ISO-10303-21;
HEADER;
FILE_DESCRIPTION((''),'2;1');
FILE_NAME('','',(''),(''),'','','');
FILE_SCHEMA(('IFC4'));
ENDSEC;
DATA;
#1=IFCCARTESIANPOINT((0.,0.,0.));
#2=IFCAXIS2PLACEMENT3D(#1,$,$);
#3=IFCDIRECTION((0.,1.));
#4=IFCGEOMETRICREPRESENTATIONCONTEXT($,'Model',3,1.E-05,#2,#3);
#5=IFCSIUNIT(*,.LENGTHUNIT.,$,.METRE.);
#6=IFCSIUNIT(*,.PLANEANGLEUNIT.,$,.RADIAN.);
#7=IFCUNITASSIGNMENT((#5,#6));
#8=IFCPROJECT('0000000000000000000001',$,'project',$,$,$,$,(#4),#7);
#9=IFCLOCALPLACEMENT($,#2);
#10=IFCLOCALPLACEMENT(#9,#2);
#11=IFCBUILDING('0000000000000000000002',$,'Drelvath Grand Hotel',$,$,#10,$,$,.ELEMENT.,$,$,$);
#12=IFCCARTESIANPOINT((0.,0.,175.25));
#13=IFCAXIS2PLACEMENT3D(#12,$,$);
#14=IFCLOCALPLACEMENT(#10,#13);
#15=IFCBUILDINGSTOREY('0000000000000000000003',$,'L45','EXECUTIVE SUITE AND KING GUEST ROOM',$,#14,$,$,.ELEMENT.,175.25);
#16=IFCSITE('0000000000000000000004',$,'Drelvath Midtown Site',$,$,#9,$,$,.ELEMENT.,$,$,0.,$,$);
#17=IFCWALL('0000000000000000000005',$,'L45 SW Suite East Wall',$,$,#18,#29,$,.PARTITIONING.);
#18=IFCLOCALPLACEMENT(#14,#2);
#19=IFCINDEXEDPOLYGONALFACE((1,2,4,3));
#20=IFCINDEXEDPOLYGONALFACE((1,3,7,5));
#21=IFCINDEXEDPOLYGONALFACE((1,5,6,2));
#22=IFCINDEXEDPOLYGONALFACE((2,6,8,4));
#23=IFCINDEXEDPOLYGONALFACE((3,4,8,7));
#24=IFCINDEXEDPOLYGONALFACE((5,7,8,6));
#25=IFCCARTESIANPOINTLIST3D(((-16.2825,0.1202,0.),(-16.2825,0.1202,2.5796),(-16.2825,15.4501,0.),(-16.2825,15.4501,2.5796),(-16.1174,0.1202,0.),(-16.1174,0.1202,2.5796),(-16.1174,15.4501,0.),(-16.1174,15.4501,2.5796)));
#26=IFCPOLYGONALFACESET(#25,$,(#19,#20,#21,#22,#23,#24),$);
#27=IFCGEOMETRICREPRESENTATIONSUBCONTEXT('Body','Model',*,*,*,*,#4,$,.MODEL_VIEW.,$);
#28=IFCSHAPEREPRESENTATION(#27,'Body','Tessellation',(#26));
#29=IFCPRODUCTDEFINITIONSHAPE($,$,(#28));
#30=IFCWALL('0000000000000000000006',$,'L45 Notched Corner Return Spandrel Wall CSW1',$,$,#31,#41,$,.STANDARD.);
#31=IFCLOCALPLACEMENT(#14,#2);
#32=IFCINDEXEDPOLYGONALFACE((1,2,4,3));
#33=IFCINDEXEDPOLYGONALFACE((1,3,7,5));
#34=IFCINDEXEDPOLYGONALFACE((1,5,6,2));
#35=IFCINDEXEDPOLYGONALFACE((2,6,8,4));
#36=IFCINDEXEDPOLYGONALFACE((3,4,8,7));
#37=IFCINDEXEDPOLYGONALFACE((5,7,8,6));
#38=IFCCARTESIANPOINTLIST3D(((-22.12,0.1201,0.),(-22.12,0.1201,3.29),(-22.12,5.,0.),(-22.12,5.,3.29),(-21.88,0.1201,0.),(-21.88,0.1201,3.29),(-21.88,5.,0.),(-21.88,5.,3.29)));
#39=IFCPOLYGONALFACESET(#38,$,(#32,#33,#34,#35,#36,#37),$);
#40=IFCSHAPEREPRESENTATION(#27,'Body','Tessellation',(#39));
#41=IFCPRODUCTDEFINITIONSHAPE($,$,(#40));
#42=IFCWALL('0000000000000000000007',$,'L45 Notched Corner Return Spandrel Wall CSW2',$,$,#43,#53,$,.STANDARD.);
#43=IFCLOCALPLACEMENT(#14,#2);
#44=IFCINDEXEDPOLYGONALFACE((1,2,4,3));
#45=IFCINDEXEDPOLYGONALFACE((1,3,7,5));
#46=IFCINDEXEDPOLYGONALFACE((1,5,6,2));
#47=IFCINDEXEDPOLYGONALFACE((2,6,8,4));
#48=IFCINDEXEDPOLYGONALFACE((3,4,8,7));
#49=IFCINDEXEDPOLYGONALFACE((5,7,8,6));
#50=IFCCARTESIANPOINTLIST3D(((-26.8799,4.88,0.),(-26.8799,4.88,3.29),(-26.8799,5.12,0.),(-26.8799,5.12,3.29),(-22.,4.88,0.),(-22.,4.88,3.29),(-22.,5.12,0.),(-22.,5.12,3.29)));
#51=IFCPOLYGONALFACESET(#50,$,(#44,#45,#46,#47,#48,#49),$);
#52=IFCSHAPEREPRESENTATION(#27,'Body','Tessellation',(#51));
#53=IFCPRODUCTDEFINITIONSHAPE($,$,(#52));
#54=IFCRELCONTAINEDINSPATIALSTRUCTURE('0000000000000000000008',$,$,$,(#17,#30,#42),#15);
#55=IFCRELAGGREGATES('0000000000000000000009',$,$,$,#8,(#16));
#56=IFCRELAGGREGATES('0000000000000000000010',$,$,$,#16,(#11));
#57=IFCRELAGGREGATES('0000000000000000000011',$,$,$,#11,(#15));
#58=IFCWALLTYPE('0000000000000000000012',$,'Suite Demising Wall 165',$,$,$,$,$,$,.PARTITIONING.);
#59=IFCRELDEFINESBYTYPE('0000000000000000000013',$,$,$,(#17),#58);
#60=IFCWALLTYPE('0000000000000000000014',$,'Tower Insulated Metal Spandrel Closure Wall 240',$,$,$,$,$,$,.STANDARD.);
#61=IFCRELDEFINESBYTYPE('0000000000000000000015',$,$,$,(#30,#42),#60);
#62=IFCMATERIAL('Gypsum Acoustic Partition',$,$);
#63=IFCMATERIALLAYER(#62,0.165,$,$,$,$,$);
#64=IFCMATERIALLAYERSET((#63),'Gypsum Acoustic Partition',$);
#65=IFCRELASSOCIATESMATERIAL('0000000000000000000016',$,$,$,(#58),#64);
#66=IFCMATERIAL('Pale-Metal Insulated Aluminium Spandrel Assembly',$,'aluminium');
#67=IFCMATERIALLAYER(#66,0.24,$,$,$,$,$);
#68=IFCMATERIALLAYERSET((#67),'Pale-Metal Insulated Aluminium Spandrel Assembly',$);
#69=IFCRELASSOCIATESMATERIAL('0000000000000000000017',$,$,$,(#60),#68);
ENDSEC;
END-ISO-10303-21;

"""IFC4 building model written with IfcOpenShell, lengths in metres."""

from ifc_helpers import new_model, si_unit, direction, frame, frame_2d, origin, place, context, subcontext, project, spatial, rectangle, extrude, material, layer, layer_set, type_object, element, save


model = new_model("IFC4")

# Units and contexts
model_context = context("Model", 3, precision=1e-05, world=origin(), true_north=direction((0.0, 1.0)))
body_context = subcontext(model_context, "Body", "Model", "MODEL_VIEW")
ifc_project = project(units=[si_unit("LENGTHUNIT", "METRE"), si_unit("PLANEANGLEUNIT", "RADIAN")], contexts=[model_context])

# Site, building, storey
site_placement = place(None, origin())
site = spatial("IfcSite", under=ifc_project, at=site_placement, Name="Drelvath Midtown Site", CompositionType="ELEMENT", RefElevation=0.0)
building_placement = place(site_placement, origin())
building = spatial("IfcBuilding", under=site, at=building_placement, Name="Drelvath Grand Hotel", CompositionType="ELEMENT")
storey_placement = place(building_placement, frame((0.0, 0.0, 175.25)))
storey = spatial("IfcBuildingStorey", under=building, at=storey_placement, Name="L45", Description="EXECUTIVE SUITE AND KING GUEST ROOM", CompositionType="ELEMENT", Elevation=175.25)

# Walls
ifc_material_1 = material(Name="Gypsum Acoustic Partition")
ifc_layer_1 = layer(ifc_material_1, 0.165)
ifc_layer_set_1 = layer_set([ifc_layer_1], Name="Gypsum Acoustic Partition")
wall_type_1 = type_object("IfcWallType", Name="Suite Demising Wall 165", PredefinedType="PARTITIONING", material=ifc_layer_set_1)
wall_placement = place(storey_placement, frame((-16.2, 0.1201, 0.0), z_axis=(0.0, 0.0, 1.0), x_axis=(0.0, 1.0, 0.0)))
element("IfcWall", 1, at=wall_placement, inside=storey, type_object=wall_type_1, Name="L45 SW Suite East Wall", PredefinedType="PARTITIONING", context=body_context, shape_type="SweptSolid", body=[
    extrude(rectangle(XDim=15.3298, YDim=0.165, at=frame_2d((7.665, 0.0))), origin(), (0.0, 0.0, 1.0), 2.5796),
])
ifc_material_2 = material(Name="Pale-Metal Insulated Aluminium Spandrel Assembly", Category="aluminium")
ifc_layer_2 = layer(ifc_material_2, 0.24)
ifc_layer_set_2 = layer_set([ifc_layer_2], Name="Pale-Metal Insulated Aluminium Spandrel Assembly")
wall_type_2 = type_object("IfcWallType", Name="Tower Insulated Metal Spandrel Closure Wall 240", PredefinedType="STANDARD", material=ifc_layer_set_2)
for number, where, z_axis, x_axis, name in (
    (2, (-22.0, 0.1201, 0.0), (0.0, 0.0, 1.0), (0.0, 1.0, 0.0), "L45 Notched Corner Return Spandrel Wall CSW1"),
    (3, (-22.0, 5.0, 0.0), (0.0, 0.0, 1.0), (-1.0, 0.0, 0.0), "L45 Notched Corner Return Spandrel Wall CSW2"),
):
    element("IfcWall", number, at=place(storey_placement, frame(where, z_axis=z_axis, x_axis=x_axis)), inside=storey, type_object=wall_type_2, Name=name, PredefinedType="STANDARD", context=body_context, shape_type="SweptSolid", body=[
        extrude(rectangle(XDim=4.8799, YDim=0.24, at=frame_2d((2.4399, 0.0))), origin(), (0.0, 0.0, 1.0), 3.29),
    ])

save(model, "model.ifc")
